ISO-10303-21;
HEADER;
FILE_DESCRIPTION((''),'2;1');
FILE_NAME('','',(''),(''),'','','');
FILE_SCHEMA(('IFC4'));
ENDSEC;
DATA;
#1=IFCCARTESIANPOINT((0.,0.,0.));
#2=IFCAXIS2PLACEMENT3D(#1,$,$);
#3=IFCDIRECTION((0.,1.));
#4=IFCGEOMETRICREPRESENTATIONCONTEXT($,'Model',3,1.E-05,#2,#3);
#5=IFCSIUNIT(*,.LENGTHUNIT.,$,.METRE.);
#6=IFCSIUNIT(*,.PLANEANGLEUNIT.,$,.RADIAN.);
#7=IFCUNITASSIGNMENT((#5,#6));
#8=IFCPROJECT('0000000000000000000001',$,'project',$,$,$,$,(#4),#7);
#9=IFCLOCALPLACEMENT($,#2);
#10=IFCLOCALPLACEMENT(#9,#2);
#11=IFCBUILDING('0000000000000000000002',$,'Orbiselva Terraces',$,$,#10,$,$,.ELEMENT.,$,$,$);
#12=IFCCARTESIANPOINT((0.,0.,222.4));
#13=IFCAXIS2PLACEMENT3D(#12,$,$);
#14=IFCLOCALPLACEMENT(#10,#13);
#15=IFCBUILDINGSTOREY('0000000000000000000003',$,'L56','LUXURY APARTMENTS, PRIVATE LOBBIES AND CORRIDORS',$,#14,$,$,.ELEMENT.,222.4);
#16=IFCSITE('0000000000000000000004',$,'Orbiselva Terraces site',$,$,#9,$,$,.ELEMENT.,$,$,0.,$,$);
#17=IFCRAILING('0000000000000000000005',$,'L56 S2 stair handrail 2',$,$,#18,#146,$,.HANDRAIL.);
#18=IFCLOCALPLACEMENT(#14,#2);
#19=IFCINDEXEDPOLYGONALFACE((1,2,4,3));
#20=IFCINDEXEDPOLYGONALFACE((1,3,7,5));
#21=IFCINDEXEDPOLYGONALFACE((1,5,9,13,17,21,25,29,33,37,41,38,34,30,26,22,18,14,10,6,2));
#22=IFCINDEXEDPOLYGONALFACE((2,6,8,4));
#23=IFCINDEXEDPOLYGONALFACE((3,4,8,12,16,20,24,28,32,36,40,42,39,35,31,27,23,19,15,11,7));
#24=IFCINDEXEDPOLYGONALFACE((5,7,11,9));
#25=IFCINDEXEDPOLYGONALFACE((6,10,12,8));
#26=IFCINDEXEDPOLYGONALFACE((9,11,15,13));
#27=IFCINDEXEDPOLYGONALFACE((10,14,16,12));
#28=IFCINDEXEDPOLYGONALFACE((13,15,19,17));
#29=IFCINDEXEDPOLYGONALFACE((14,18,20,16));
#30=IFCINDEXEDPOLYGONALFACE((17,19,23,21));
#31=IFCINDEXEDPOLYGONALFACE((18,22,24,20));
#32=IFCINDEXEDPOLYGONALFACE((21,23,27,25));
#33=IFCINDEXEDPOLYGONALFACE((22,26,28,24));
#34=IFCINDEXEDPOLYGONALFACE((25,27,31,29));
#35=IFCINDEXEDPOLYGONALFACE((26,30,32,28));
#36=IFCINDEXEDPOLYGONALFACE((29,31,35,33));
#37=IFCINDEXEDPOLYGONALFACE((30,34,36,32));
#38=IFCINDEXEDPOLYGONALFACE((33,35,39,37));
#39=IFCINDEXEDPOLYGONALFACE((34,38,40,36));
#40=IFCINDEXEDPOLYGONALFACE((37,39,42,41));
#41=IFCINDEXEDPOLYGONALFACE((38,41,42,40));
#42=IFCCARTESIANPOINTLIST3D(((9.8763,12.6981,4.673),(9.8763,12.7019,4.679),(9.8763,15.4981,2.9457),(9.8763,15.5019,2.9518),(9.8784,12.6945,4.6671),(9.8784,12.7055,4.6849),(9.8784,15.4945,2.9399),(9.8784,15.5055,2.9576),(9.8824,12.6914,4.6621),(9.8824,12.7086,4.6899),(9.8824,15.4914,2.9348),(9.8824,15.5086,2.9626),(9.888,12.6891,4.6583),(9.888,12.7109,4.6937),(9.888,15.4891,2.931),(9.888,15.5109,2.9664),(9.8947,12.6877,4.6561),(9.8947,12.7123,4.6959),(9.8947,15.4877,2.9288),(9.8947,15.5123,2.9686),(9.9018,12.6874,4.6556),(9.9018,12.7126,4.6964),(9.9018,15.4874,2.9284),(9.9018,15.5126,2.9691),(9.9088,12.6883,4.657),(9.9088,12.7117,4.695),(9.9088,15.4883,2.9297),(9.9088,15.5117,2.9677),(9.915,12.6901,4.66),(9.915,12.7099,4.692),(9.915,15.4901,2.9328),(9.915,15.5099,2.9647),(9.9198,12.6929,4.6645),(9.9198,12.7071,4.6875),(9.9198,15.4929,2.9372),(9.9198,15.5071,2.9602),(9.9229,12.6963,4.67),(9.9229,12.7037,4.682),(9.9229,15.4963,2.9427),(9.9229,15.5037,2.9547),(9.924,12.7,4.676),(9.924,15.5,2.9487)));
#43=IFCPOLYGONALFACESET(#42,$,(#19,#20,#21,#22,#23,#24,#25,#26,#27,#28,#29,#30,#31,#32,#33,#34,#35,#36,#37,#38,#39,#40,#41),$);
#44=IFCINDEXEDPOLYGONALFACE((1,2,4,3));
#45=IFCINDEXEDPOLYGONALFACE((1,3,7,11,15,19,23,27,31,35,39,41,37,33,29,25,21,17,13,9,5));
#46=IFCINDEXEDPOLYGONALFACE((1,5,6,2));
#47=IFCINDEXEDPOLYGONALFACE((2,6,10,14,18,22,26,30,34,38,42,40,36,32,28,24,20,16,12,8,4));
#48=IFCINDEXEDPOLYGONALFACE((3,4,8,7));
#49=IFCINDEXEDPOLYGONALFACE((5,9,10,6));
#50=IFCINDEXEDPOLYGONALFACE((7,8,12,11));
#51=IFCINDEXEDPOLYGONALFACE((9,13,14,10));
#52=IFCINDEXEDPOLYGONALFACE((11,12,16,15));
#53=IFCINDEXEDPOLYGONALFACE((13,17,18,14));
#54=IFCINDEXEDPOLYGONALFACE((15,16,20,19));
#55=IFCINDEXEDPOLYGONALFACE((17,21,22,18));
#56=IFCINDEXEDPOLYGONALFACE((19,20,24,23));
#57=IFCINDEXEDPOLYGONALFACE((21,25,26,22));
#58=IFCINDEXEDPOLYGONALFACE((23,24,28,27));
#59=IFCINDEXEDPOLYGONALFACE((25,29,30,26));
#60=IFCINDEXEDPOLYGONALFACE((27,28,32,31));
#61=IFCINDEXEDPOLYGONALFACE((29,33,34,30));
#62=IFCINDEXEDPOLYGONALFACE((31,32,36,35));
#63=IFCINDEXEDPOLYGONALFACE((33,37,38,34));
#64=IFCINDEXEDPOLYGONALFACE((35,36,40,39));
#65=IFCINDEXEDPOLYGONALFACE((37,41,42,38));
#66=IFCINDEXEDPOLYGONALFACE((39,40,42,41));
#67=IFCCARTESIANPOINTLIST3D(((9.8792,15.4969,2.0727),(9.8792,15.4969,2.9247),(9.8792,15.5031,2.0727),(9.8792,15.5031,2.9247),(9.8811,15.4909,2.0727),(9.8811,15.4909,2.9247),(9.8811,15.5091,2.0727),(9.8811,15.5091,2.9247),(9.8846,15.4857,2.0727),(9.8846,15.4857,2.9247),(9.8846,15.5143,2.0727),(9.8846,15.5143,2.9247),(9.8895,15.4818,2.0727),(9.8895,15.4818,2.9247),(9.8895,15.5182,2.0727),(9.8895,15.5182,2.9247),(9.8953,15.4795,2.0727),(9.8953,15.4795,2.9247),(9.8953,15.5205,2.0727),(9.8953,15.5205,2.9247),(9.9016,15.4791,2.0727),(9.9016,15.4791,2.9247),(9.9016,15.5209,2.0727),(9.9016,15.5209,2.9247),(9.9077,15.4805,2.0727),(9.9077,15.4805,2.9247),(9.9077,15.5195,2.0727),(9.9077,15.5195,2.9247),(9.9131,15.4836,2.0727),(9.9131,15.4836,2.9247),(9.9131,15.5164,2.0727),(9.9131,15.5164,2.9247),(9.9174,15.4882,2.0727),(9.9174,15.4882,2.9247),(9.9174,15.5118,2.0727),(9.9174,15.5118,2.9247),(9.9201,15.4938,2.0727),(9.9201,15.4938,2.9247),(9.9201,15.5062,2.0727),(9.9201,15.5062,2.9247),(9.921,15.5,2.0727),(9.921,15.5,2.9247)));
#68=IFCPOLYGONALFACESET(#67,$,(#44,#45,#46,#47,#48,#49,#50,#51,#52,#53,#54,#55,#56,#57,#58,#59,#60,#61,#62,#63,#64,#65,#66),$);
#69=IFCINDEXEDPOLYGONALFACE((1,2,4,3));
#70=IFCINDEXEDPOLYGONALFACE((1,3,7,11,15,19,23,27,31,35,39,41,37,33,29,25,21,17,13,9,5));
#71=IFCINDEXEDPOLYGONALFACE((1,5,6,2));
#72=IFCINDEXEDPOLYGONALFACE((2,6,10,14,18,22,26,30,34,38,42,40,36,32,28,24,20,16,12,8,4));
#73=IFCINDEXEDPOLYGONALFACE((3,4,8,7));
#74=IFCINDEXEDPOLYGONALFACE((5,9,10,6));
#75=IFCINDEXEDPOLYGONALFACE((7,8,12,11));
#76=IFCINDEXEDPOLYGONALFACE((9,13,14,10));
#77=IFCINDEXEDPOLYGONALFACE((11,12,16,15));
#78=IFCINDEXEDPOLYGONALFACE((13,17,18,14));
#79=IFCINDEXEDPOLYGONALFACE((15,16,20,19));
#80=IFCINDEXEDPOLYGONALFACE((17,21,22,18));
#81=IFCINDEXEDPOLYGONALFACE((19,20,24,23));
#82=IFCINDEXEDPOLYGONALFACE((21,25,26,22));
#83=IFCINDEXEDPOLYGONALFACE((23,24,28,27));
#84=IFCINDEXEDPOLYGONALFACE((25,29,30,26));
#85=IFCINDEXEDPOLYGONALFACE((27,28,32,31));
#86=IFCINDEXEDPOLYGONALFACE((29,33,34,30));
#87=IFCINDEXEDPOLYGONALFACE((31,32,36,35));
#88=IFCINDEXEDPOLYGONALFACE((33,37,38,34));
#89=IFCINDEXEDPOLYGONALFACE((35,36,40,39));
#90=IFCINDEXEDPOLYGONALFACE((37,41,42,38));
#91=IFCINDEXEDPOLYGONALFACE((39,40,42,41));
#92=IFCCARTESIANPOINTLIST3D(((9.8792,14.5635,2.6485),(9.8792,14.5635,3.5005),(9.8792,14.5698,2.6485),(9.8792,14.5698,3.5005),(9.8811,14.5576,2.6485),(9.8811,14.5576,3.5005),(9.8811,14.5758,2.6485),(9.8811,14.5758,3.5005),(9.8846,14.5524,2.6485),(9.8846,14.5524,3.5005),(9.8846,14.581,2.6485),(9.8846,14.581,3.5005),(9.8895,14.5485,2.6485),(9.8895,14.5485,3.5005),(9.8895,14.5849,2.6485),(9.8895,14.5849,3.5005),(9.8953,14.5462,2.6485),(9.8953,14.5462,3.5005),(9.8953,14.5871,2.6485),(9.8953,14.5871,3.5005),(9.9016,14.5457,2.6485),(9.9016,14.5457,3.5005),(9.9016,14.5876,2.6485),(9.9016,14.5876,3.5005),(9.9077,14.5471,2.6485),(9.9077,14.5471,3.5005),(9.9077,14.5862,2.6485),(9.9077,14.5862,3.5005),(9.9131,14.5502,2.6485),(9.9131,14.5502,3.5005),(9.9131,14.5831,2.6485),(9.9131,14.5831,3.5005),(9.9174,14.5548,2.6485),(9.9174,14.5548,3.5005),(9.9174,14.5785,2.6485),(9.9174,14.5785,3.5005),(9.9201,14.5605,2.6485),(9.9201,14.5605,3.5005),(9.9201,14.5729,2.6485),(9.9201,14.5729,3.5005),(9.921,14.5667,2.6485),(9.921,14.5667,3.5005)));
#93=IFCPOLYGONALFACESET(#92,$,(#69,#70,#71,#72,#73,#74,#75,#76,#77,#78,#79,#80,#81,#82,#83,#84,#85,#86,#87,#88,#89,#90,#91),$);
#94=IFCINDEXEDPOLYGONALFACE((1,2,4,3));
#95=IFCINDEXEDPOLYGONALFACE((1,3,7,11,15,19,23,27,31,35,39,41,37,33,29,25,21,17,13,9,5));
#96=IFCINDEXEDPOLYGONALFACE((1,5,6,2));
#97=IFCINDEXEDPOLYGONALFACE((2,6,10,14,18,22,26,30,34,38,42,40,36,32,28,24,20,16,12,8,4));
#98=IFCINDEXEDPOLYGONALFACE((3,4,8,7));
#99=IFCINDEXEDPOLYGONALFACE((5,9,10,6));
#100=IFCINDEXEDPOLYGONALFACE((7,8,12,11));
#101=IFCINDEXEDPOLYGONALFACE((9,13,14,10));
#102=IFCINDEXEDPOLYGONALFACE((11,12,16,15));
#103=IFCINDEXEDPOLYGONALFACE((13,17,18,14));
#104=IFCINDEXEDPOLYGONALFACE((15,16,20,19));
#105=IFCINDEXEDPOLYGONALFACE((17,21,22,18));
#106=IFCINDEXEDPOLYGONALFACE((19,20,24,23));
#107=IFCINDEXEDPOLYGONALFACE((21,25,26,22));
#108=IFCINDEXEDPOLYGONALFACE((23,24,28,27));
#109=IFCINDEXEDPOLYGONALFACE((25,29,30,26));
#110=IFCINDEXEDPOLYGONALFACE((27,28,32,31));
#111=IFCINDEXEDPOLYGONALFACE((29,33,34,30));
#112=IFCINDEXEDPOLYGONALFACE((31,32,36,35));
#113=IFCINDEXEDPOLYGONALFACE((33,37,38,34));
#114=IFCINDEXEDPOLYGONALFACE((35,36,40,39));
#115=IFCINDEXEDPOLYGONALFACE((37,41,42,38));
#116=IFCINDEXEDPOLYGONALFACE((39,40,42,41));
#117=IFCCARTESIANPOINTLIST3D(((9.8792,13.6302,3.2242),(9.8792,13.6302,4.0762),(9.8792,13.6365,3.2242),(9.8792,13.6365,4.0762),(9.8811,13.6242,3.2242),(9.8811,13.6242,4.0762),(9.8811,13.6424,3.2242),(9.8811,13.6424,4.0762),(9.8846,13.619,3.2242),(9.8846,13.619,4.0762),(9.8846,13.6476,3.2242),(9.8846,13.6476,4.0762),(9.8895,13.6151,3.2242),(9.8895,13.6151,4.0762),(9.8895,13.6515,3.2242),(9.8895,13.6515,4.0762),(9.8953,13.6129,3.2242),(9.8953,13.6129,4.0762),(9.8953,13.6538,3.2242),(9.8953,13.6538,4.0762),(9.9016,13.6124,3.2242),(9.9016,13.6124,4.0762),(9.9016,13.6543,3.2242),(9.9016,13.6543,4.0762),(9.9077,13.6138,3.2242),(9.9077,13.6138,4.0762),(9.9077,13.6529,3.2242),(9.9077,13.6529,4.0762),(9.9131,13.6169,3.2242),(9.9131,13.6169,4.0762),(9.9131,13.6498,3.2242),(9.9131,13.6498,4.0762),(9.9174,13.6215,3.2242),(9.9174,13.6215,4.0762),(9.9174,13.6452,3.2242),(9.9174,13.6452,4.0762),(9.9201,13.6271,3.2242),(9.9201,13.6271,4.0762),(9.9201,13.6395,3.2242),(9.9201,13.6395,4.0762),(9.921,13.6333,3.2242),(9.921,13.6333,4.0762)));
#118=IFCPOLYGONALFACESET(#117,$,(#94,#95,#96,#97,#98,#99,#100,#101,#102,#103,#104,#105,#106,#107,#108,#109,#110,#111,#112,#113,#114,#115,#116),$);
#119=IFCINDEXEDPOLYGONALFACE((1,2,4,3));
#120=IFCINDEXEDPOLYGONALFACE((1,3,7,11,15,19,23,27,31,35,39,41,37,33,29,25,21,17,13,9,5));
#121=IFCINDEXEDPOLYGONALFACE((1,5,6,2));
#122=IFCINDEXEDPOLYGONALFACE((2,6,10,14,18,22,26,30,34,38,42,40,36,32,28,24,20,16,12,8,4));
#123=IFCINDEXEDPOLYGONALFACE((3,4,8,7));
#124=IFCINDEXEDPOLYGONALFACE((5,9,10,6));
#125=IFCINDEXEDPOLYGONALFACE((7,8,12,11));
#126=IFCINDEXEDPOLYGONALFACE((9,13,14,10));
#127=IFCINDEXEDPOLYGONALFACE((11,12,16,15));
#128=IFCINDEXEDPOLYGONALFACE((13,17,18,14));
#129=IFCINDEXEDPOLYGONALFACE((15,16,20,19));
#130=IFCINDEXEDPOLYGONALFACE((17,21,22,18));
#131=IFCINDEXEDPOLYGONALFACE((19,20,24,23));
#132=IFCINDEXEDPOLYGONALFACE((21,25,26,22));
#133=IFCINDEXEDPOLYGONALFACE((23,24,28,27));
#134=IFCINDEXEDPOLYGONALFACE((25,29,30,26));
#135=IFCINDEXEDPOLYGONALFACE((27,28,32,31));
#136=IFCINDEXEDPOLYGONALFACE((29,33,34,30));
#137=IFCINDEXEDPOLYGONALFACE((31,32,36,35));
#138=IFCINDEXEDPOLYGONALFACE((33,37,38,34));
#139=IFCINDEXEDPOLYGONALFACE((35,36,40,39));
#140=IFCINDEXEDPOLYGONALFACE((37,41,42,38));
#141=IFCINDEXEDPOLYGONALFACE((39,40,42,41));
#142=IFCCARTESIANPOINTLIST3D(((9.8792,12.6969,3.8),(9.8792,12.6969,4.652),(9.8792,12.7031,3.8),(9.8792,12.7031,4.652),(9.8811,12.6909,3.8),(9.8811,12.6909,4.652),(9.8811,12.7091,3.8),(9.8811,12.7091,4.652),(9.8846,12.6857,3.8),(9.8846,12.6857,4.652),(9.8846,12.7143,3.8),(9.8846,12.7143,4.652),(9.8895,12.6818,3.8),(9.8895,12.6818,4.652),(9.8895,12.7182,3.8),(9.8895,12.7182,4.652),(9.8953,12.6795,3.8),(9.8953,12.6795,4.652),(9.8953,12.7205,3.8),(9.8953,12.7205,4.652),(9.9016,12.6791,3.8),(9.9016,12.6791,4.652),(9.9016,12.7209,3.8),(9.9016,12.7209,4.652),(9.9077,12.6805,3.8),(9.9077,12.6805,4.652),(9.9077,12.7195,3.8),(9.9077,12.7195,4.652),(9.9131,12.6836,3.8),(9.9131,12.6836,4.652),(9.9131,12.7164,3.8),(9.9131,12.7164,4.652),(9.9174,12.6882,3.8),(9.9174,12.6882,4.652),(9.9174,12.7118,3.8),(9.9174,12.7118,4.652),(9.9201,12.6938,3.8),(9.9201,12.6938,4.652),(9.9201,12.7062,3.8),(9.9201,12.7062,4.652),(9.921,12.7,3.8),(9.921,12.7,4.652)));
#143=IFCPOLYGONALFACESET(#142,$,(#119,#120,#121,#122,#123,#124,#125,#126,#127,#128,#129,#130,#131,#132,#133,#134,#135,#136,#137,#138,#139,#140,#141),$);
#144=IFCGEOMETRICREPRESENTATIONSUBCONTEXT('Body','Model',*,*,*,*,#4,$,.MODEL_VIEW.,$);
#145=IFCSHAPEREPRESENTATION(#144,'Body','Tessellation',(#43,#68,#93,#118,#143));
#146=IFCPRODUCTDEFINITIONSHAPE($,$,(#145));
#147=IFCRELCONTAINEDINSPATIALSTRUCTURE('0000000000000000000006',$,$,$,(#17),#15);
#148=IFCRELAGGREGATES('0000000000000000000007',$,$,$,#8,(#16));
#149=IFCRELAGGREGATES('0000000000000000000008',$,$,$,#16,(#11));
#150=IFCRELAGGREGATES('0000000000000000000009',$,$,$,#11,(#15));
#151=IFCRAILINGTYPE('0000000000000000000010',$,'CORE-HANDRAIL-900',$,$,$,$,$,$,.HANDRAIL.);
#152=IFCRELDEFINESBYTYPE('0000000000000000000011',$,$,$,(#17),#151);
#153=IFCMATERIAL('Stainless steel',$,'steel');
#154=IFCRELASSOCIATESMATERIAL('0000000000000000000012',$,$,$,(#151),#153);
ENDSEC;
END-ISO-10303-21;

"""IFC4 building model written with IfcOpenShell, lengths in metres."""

from ifc_helpers import new_model, si_unit, direction, frame, origin, origin_2d, place, context, subcontext, project, spatial, circle, extrude, material, type_object, element, save


model = new_model("IFC4")

# Units and contexts
model_context = context("Model", 3, precision=1e-05, world=origin(), true_north=direction((0.0, 1.0)))
body_context = subcontext(model_context, "Body", "Model", "MODEL_VIEW")
ifc_project = project(units=[si_unit("LENGTHUNIT", "METRE"), si_unit("PLANEANGLEUNIT", "RADIAN")], contexts=[model_context])

# Site, building, storey
site_placement = place(None, origin())
site = spatial("IfcSite", under=ifc_project, at=site_placement, Name="Orbiselva Terraces site", CompositionType="ELEMENT", RefElevation=0.0)
building_placement = place(site_placement, origin())
building = spatial("IfcBuilding", under=site, at=building_placement, Name="Orbiselva Terraces", CompositionType="ELEMENT")
storey_placement = place(building_placement, frame((0.0, 0.0, 222.4)))
storey = spatial("IfcBuildingStorey", under=building, at=storey_placement, Name="L56", Description="LUXURY APARTMENTS, PRIVATE LOBBIES AND CORRIDORS", CompositionType="ELEMENT", Elevation=222.4)

# Railing
ifc_material_1 = material(Name="Stainless steel", Category="steel")
railing_type_1 = type_object("IfcRailingType", Name="CORE-HANDRAIL-900", PredefinedType="HANDRAIL", material=ifc_material_1)
railing_1_placement = place(storey_placement, frame((9.9, 15.5, 2.0727)))
element("IfcRailing", 1, at=railing_1_placement, inside=storey, type_object=railing_type_1, Name="L56 S2 stair handrail 2", PredefinedType="HANDRAIL", context=body_context, shape_type="SweptSolid", body=[
    extrude(circle(Radius=0.024, at=origin_2d()), frame((0.0, 0.0, 0.876), z_axis=(0.0, -0.851089, 0.525022), x_axis=(1.0, 0.0, 0.0)), (0.0, 0.0, 1.0), 3.2899),
    extrude(circle(Radius=0.021, at=origin_2d()), origin(), (0.0, 0.0, 1.0), 0.852),
    extrude(circle(Radius=0.021, at=origin_2d()), frame((0.0, -0.9333, 0.5758)), (0.0, 0.0, 1.0), 0.852),
    extrude(circle(Radius=0.021, at=origin_2d()), frame((0.0, -1.8667, 1.1515)), (0.0, 0.0, 1.0), 0.852),
    extrude(circle(Radius=0.021, at=origin_2d()), frame((0.0, -2.8, 1.7273)), (0.0, 0.0, 1.0), 0.852),
])

save(model, "model.ifc")
